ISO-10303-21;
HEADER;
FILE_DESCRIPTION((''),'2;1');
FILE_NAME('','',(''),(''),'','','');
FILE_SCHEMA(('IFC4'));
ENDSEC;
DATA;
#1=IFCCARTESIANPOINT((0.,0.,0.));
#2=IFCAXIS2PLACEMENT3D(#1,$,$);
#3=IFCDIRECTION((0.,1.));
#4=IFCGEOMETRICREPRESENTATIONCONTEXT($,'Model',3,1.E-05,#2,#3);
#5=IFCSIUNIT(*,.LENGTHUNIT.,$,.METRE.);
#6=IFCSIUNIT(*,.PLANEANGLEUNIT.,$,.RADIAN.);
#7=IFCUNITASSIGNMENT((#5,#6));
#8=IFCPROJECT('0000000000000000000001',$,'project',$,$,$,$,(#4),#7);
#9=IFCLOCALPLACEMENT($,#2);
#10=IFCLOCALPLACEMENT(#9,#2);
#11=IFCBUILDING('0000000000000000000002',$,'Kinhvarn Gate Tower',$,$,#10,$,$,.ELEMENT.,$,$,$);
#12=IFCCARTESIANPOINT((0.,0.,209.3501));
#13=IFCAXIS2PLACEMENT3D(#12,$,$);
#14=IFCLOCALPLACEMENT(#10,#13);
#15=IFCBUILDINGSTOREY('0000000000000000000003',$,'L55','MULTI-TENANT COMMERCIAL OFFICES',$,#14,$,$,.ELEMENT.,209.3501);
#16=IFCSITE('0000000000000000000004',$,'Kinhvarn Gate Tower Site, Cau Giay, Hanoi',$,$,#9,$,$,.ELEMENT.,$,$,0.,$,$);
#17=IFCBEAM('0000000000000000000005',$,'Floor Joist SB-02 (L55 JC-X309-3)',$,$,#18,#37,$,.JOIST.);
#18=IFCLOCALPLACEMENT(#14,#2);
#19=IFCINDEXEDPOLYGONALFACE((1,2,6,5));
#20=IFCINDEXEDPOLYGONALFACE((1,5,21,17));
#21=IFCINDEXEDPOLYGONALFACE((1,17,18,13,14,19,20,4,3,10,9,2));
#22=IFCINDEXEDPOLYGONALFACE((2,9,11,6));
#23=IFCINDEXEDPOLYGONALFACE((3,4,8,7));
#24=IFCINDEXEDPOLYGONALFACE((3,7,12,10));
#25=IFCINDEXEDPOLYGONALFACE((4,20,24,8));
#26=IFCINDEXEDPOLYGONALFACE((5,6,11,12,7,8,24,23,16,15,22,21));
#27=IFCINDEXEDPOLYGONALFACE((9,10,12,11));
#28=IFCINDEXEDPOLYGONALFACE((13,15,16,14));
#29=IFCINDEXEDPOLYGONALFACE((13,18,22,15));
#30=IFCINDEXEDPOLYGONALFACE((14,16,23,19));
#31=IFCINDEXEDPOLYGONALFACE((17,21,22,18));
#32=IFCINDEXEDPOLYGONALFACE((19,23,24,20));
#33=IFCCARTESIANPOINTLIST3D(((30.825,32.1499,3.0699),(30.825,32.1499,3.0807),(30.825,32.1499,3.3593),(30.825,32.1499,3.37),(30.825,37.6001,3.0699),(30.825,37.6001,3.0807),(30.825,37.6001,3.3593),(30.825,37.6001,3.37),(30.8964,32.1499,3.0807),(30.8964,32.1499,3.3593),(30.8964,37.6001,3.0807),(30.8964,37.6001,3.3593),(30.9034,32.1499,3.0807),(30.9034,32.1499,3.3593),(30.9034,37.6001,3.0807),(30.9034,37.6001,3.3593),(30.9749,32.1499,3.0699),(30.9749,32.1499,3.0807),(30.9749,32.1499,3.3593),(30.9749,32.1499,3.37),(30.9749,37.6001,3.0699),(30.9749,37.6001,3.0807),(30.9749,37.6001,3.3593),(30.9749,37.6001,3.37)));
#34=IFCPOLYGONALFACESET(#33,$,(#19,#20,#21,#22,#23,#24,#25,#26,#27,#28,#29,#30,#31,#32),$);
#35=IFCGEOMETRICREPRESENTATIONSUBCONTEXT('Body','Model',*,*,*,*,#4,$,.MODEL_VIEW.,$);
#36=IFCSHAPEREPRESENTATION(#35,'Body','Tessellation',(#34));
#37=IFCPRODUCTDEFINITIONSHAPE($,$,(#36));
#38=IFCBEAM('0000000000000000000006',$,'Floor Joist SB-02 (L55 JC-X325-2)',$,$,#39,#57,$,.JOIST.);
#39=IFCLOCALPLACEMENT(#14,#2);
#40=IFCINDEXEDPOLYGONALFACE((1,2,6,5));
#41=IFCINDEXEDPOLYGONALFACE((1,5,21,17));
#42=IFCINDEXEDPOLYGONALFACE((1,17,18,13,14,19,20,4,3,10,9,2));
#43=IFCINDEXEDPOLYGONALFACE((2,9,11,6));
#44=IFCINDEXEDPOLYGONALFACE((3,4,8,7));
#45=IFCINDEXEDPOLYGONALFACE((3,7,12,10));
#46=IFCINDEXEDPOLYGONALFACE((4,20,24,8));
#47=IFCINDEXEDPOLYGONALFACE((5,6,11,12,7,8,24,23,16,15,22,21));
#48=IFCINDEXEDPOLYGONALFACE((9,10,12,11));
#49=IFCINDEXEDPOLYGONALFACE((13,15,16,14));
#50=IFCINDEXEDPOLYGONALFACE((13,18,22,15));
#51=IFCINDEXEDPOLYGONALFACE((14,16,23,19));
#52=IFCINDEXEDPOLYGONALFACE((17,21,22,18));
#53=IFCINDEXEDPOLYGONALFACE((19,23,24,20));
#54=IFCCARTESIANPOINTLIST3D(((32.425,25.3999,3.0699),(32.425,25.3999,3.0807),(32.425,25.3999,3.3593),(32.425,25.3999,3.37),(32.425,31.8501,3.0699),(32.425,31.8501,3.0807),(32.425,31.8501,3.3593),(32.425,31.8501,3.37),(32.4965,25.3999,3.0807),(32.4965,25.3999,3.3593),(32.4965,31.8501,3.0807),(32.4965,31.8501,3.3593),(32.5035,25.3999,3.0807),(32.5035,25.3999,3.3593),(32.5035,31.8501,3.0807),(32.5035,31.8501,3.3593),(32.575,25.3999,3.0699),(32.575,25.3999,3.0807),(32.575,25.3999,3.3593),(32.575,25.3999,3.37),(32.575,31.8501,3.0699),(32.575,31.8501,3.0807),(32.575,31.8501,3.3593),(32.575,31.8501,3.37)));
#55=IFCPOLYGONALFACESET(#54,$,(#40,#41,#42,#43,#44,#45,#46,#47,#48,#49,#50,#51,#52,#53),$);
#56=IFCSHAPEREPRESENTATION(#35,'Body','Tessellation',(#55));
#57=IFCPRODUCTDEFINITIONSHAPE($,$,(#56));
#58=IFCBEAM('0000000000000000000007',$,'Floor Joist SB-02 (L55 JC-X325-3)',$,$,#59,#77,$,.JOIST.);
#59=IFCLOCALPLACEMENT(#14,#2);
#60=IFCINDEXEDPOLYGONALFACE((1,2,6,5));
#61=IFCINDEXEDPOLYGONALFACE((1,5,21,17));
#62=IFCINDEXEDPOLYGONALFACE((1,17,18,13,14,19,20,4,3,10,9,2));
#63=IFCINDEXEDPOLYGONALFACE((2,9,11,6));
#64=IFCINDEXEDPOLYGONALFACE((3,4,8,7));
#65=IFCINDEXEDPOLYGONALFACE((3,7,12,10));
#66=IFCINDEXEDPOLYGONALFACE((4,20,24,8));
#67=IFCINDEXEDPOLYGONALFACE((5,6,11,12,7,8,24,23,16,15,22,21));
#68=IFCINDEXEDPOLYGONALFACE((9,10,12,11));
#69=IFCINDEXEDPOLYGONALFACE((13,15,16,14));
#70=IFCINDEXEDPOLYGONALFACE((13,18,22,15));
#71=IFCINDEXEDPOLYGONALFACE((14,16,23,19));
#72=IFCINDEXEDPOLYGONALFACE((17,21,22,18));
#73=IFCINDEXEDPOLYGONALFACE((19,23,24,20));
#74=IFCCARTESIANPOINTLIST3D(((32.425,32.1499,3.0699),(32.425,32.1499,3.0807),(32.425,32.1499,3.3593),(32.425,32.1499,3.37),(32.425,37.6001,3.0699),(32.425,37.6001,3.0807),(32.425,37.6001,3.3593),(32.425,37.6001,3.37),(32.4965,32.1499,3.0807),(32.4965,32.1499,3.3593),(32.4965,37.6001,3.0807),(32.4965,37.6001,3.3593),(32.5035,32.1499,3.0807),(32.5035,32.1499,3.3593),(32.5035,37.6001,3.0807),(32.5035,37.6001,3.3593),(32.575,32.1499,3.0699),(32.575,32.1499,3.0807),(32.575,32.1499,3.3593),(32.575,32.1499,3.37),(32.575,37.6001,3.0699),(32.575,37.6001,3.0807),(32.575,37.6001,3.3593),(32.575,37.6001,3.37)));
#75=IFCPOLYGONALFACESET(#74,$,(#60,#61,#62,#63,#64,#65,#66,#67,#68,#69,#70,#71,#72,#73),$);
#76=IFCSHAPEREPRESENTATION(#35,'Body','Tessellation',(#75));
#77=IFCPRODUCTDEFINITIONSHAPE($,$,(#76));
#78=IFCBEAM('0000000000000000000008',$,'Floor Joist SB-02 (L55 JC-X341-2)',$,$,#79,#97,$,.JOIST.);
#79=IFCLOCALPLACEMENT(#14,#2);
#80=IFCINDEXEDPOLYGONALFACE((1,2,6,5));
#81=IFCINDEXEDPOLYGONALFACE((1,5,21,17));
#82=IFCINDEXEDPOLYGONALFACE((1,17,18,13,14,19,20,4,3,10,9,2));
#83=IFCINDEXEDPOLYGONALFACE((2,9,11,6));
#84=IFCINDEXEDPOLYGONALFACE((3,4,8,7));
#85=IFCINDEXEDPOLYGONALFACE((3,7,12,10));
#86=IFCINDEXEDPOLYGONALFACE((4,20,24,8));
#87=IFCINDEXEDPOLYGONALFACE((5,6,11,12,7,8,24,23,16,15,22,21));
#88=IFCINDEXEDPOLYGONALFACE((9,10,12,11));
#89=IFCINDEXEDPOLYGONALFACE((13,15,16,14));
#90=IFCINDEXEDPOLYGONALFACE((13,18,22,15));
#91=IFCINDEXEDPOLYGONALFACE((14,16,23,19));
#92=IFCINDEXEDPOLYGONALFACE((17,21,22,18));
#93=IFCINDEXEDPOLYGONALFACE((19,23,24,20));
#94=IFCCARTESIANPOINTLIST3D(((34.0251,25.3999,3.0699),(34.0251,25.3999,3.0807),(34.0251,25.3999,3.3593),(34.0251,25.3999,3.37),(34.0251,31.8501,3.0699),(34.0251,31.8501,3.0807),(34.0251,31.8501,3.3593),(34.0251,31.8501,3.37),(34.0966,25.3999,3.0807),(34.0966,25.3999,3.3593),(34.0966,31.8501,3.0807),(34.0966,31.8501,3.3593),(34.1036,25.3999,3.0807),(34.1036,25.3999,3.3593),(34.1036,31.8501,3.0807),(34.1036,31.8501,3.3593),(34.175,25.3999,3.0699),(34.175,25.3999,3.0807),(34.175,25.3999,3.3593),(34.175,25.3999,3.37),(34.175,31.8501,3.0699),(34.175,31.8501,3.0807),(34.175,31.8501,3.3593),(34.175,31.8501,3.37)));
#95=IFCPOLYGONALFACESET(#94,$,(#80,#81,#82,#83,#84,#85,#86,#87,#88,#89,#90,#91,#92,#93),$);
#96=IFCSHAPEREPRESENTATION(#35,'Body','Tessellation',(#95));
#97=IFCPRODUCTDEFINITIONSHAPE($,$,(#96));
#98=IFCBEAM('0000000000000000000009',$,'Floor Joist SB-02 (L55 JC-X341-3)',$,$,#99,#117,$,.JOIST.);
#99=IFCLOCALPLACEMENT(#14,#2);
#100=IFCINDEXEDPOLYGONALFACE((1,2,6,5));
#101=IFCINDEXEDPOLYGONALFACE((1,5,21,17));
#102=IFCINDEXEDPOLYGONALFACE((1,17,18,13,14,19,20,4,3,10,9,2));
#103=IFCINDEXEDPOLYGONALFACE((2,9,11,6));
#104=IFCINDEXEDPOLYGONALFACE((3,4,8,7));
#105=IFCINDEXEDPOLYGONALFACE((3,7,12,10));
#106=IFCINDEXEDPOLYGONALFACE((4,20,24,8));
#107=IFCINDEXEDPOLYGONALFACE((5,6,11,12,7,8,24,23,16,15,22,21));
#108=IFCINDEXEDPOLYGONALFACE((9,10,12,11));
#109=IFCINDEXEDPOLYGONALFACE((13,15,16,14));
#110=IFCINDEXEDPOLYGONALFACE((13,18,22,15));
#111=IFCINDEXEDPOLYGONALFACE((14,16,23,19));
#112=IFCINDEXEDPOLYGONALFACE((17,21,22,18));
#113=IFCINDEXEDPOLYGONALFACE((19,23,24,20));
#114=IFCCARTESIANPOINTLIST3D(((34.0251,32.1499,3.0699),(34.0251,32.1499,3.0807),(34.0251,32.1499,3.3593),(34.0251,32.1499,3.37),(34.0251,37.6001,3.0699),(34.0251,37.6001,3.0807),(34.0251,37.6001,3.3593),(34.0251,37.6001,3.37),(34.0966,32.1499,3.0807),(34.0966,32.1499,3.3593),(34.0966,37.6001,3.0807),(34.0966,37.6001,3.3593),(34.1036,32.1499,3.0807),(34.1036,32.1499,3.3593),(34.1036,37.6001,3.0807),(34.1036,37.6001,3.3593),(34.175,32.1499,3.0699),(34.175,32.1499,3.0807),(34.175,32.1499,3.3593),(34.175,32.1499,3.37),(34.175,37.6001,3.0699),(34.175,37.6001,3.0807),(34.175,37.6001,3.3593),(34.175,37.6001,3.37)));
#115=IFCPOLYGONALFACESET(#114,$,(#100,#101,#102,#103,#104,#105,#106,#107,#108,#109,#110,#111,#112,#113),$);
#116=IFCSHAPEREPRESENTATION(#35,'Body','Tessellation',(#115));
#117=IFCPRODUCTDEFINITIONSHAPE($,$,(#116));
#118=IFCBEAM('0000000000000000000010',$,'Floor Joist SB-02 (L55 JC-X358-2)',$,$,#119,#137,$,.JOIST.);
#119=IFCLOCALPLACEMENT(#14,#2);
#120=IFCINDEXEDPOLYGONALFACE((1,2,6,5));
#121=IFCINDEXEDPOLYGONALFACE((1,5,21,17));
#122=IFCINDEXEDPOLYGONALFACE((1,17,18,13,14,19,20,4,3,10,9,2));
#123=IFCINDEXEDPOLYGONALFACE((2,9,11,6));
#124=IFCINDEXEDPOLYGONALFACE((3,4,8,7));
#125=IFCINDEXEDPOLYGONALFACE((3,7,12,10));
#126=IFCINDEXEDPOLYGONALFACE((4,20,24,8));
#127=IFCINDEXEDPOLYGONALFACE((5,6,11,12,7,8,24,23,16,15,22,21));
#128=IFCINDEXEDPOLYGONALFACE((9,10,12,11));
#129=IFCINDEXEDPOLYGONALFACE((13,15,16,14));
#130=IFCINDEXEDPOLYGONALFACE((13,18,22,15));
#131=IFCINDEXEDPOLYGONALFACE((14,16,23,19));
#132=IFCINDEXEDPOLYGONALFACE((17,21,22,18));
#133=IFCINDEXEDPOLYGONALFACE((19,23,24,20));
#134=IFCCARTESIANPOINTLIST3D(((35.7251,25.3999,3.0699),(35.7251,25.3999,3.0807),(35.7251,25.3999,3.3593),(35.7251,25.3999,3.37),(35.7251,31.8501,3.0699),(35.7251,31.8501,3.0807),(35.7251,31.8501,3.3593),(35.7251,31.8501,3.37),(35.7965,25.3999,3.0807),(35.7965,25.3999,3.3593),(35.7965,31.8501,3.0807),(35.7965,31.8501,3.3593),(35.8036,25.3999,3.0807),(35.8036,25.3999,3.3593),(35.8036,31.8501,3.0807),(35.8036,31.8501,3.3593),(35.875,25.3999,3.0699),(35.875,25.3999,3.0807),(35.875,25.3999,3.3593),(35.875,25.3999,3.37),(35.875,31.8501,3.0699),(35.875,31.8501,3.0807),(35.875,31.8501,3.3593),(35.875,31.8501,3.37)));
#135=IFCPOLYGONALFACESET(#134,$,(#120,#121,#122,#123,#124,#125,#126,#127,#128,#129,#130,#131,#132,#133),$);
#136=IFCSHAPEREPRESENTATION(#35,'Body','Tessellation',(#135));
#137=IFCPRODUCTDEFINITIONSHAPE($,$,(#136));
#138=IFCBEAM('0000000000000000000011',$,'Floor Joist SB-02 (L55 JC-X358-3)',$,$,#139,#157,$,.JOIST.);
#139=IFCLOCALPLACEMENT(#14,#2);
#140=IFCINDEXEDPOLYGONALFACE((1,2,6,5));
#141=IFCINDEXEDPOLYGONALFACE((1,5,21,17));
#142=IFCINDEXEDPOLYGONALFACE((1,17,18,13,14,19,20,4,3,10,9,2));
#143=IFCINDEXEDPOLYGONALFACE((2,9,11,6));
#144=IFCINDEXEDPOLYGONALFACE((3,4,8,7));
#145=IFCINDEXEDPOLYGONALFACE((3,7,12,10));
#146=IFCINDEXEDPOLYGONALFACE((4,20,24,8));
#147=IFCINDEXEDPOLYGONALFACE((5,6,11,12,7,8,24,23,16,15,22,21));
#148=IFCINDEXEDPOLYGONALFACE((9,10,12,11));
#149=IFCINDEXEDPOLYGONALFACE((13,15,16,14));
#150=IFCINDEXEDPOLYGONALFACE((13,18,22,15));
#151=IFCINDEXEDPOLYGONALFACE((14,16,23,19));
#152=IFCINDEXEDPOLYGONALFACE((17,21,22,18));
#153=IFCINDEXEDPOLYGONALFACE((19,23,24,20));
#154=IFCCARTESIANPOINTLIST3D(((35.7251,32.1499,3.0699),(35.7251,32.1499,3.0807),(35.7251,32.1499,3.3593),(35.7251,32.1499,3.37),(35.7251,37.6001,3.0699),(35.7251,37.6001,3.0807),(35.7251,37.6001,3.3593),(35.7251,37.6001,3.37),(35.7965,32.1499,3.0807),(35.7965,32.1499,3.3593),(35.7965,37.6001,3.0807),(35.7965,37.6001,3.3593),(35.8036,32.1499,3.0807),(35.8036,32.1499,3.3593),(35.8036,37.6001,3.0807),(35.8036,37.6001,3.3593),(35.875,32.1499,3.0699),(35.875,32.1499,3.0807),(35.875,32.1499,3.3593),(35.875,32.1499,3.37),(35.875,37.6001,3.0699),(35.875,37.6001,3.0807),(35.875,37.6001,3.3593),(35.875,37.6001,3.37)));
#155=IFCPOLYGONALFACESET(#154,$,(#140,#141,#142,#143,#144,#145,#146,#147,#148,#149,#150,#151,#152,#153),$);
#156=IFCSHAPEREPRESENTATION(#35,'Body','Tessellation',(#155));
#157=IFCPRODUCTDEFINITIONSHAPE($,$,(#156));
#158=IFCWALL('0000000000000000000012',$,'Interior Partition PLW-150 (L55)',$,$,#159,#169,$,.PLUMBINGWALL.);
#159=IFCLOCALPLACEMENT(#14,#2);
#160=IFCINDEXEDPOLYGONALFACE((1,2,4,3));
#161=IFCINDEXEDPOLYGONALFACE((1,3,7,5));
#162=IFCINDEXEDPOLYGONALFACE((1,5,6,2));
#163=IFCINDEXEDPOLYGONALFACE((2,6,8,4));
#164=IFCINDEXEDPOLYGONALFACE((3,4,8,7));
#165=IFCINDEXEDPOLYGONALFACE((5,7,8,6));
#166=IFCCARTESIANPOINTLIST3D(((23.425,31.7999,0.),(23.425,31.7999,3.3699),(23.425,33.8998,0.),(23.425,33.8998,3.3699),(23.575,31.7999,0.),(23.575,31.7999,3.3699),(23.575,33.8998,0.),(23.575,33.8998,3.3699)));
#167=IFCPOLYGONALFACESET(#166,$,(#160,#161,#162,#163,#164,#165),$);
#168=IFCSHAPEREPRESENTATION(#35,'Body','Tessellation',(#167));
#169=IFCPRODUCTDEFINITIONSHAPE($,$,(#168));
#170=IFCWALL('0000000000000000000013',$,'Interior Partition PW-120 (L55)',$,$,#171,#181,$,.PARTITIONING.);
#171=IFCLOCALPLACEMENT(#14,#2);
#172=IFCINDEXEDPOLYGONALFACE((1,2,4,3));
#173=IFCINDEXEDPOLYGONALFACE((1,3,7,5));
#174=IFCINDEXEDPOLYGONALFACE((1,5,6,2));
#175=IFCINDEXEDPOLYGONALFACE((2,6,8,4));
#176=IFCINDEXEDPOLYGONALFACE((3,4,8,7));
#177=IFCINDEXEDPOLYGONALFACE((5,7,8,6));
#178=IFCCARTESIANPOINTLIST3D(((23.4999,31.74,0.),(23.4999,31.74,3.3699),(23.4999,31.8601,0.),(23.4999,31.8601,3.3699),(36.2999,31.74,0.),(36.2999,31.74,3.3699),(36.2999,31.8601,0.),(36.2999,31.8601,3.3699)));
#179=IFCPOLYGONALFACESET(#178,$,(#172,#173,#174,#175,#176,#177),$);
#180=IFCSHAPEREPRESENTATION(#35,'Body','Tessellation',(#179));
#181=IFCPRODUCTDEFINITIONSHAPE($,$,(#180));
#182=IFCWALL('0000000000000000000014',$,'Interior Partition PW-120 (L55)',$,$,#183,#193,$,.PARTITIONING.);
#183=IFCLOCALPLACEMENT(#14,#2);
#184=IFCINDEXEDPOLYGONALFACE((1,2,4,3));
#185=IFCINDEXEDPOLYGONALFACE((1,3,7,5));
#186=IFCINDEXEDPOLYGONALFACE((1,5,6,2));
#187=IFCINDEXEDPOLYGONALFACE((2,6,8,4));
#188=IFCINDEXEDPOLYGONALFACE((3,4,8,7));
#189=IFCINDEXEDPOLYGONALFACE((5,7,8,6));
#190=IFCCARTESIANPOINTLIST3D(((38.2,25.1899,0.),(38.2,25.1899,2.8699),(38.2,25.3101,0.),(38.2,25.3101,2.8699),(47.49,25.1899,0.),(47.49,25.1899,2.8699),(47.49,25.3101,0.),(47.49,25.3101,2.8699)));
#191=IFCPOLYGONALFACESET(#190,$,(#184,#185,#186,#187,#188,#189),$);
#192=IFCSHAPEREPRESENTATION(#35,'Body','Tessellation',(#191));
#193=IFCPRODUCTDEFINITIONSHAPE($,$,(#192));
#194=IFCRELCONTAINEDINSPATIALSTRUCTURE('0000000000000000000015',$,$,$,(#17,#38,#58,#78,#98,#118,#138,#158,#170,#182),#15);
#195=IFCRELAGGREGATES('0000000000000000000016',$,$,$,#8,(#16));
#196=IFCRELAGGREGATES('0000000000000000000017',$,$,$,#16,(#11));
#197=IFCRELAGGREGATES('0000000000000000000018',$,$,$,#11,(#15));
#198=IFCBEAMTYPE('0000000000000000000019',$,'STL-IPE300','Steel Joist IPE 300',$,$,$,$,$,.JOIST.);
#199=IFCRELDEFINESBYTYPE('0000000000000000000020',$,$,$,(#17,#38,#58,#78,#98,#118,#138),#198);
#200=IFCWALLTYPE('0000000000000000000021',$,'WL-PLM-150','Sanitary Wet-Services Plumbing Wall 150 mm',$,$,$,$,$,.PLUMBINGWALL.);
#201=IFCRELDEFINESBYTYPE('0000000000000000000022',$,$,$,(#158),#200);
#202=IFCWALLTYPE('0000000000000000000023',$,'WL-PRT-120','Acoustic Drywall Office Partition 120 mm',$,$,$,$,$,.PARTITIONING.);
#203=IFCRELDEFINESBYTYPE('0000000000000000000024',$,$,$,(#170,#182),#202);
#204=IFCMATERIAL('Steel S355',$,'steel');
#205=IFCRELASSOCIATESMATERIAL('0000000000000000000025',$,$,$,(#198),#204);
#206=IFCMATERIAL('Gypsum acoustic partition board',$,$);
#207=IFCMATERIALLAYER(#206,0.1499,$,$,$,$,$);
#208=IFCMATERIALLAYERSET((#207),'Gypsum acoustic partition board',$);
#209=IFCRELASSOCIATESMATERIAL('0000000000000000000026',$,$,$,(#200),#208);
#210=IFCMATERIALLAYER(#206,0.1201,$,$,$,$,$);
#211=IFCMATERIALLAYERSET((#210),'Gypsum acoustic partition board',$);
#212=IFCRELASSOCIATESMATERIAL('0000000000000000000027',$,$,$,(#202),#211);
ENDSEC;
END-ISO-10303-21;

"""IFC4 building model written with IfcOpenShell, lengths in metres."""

from ifc_helpers import new_model, si_unit, direction, frame, frame_2d, origin, origin_2d, place, context, subcontext, project, spatial, rectangle, i_section, extrude, material, layer, layer_set, material_profile, profile_set, type_object, element, save


model = new_model("IFC4")

# Units and contexts
model_context = context("Model", 3, precision=1e-05, world=origin(), true_north=direction((0.0, 1.0)))
body_context = subcontext(model_context, "Body", "Model", "MODEL_VIEW")
ifc_project = project(units=[si_unit("LENGTHUNIT", "METRE"), si_unit("PLANEANGLEUNIT", "RADIAN")], contexts=[model_context])

# Site, building, storey
site_placement = place(None, origin())
site = spatial("IfcSite", under=ifc_project, at=site_placement, Name="Kinhvarn Gate Tower Site, Cau Giay, Hanoi", CompositionType="ELEMENT", RefElevation=0.0)
building_placement = place(site_placement, origin())
building = spatial("IfcBuilding", under=site, at=building_placement, Name="Kinhvarn Gate Tower", CompositionType="ELEMENT")
storey_placement = place(building_placement, frame((0.0, 0.0, 209.3501)))
storey = spatial("IfcBuildingStorey", under=building, at=storey_placement, Name="L55", Description="MULTI-TENANT COMMERCIAL OFFICES", CompositionType="ELEMENT", Elevation=209.3501)

# Beams
ifc_material_1 = material(Name="Steel S355", Category="steel")
ifc_material_profile = material_profile(ifc_material_1, i_section(OverallWidth=0.1499, OverallDepth=0.3, WebThickness=0.0071, FlangeThickness=0.0107, at=origin_2d()), Name="IPE 300")
ifc_profile_set = profile_set([ifc_material_profile], Name="Steel S355")
beam_type = type_object("IfcBeamType", Name="STL-IPE300", Description="Steel Joist IPE 300", PredefinedType="JOIST", material=ifc_profile_set)
beam_1_placement = place(storey_placement, frame((30.8999, 32.1499, 3.22), z_axis=(0.0, 1.0, 0.0), x_axis=(-1.0, 0.0, 0.0)))
element("IfcBeam", 1, at=beam_1_placement, inside=storey, type_object=beam_type, Name="Floor Joist SB-02 (L55 JC-X309-3)", PredefinedType="JOIST", context=body_context, shape_type="SweptSolid", body=[
    extrude(i_section(OverallWidth=0.1499, OverallDepth=0.3, WebThickness=0.0071, FlangeThickness=0.0107, at=origin_2d()), origin(), (0.0, 0.0, 1.0), 5.4502),
])
beam_2_placement = place(storey_placement, frame((32.5, 25.3999, 3.22), z_axis=(0.0, 1.0, 0.0), x_axis=(-1.0, 0.0, 0.0)))
element("IfcBeam", 2, at=beam_2_placement, inside=storey, type_object=beam_type, Name="Floor Joist SB-02 (L55 JC-X325-2)", PredefinedType="JOIST", context=body_context, shape_type="SweptSolid", body=[
    extrude(i_section(OverallWidth=0.1499, OverallDepth=0.3, WebThickness=0.0071, FlangeThickness=0.0107, at=origin_2d()), origin(), (0.0, 0.0, 1.0), 6.4502),
])
beam_3_placement = place(storey_placement, frame((32.5, 32.1499, 3.22), z_axis=(0.0, 1.0, 0.0), x_axis=(-1.0, 0.0, 0.0)))
element("IfcBeam", 3, at=beam_3_placement, inside=storey, type_object=beam_type, Name="Floor Joist SB-02 (L55 JC-X325-3)", PredefinedType="JOIST", context=body_context, shape_type="SweptSolid", body=[
    extrude(i_section(OverallWidth=0.1499, OverallDepth=0.3, WebThickness=0.0071, FlangeThickness=0.0107, at=origin_2d()), origin(), (0.0, 0.0, 1.0), 5.4502),
])
beam_4_placement = place(storey_placement, frame((34.1001, 25.3999, 3.22), z_axis=(0.0, 1.0, 0.0), x_axis=(-1.0, 0.0, 0.0)))
element("IfcBeam", 4, at=beam_4_placement, inside=storey, type_object=beam_type, Name="Floor Joist SB-02 (L55 JC-X341-2)", PredefinedType="JOIST", context=body_context, shape_type="SweptSolid", body=[
    extrude(i_section(OverallWidth=0.1499, OverallDepth=0.3, WebThickness=0.0071, FlangeThickness=0.0107, at=origin_2d()), origin(), (0.0, 0.0, 1.0), 6.4502),
])
beam_5_placement = place(storey_placement, frame((34.1001, 32.1499, 3.22), z_axis=(0.0, 1.0, 0.0), x_axis=(-1.0, 0.0, 0.0)))
element("IfcBeam", 5, at=beam_5_placement, inside=storey, type_object=beam_type, Name="Floor Joist SB-02 (L55 JC-X341-3)", PredefinedType="JOIST", context=body_context, shape_type="SweptSolid", body=[
    extrude(i_section(OverallWidth=0.1499, OverallDepth=0.3, WebThickness=0.0071, FlangeThickness=0.0107, at=origin_2d()), origin(), (0.0, 0.0, 1.0), 5.4502),
])
beam_6_placement = place(storey_placement, frame((35.8, 25.3999, 3.22), z_axis=(0.0, 1.0, 0.0), x_axis=(-1.0, 0.0, 0.0)))
element("IfcBeam", 6, at=beam_6_placement, inside=storey, type_object=beam_type, Name="Floor Joist SB-02 (L55 JC-X358-2)", PredefinedType="JOIST", context=body_context, shape_type="SweptSolid", body=[
    extrude(i_section(OverallWidth=0.1499, OverallDepth=0.3, WebThickness=0.0071, FlangeThickness=0.0107, at=origin_2d()), origin(), (0.0, 0.0, 1.0), 6.4502),
])
beam_7_placement = place(storey_placement, frame((35.8, 32.1499, 3.22), z_axis=(0.0, 1.0, 0.0), x_axis=(-1.0, 0.0, 0.0)))
element("IfcBeam", 7, at=beam_7_placement, inside=storey, type_object=beam_type, Name="Floor Joist SB-02 (L55 JC-X358-3)", PredefinedType="JOIST", context=body_context, shape_type="SweptSolid", body=[
    extrude(i_section(OverallWidth=0.1499, OverallDepth=0.3, WebThickness=0.0071, FlangeThickness=0.0107, at=origin_2d()), origin(), (0.0, 0.0, 1.0), 5.4502),
])

# Walls
ifc_material_2 = material(Name="Gypsum acoustic partition board")
ifc_layer_1 = layer(ifc_material_2, 0.1499)
ifc_layer_set_1 = layer_set([ifc_layer_1], Name="Gypsum acoustic partition board")
wall_type_1 = type_object("IfcWallType", Name="WL-PLM-150", Description="Sanitary Wet-Services Plumbing Wall 150 mm", PredefinedType="PLUMBINGWALL", material=ifc_layer_set_1)
wall_1_placement = place(storey_placement, frame((23.5, 31.8, 0.0), z_axis=(0.0, 0.0, 1.0), x_axis=(0.0, 1.0, 0.0)))
element("IfcWall", 8, at=wall_1_placement, inside=storey, type_object=wall_type_1, Name="Interior Partition PLW-150 (L55)", PredefinedType="PLUMBINGWALL", context=body_context, shape_type="SweptSolid", body=[
    extrude(rectangle(XDim=2.0999, YDim=0.1499, at=frame_2d((1.0498, 0.0))), origin(), (0.0, 0.0, 1.0), 3.3699),
])
ifc_layer_2 = layer(ifc_material_2, 0.1201)
ifc_layer_set_2 = layer_set([ifc_layer_2], Name="Gypsum acoustic partition board")
wall_type_2 = type_object("IfcWallType", Name="WL-PRT-120", Description="Acoustic Drywall Office Partition 120 mm", PredefinedType="PARTITIONING", material=ifc_layer_set_2)
wall_2_placement = place(storey_placement, frame((23.5, 31.8, 0.0), z_axis=(0.0, 0.0, 1.0), x_axis=(1.0, 0.0, 0.0)))
element("IfcWall", 9, at=wall_2_placement, inside=storey, type_object=wall_type_2, Name="Interior Partition PW-120 (L55)", PredefinedType="PARTITIONING", context=body_context, shape_type="SweptSolid", body=[
    extrude(rectangle(XDim=12.8, YDim=0.1201, at=frame_2d((6.3999, 0.0))), origin(), (0.0, 0.0, 1.0), 3.3699),
])
wall_3_placement = place(storey_placement, frame((38.2, 25.25, 0.0), z_axis=(0.0, 0.0, 1.0), x_axis=(1.0, 0.0, 0.0)))
element("IfcWall", 10, at=wall_3_placement, inside=storey, type_object=wall_type_2, Name="Interior Partition PW-120 (L55)", PredefinedType="PARTITIONING", context=body_context, shape_type="SweptSolid", body=[
    extrude(rectangle(XDim=9.29, YDim=0.1201, at=frame_2d((4.645, 0.0))), origin(), (0.0, 0.0, 1.0), 2.8699),
])

save(model, "model.ifc")
